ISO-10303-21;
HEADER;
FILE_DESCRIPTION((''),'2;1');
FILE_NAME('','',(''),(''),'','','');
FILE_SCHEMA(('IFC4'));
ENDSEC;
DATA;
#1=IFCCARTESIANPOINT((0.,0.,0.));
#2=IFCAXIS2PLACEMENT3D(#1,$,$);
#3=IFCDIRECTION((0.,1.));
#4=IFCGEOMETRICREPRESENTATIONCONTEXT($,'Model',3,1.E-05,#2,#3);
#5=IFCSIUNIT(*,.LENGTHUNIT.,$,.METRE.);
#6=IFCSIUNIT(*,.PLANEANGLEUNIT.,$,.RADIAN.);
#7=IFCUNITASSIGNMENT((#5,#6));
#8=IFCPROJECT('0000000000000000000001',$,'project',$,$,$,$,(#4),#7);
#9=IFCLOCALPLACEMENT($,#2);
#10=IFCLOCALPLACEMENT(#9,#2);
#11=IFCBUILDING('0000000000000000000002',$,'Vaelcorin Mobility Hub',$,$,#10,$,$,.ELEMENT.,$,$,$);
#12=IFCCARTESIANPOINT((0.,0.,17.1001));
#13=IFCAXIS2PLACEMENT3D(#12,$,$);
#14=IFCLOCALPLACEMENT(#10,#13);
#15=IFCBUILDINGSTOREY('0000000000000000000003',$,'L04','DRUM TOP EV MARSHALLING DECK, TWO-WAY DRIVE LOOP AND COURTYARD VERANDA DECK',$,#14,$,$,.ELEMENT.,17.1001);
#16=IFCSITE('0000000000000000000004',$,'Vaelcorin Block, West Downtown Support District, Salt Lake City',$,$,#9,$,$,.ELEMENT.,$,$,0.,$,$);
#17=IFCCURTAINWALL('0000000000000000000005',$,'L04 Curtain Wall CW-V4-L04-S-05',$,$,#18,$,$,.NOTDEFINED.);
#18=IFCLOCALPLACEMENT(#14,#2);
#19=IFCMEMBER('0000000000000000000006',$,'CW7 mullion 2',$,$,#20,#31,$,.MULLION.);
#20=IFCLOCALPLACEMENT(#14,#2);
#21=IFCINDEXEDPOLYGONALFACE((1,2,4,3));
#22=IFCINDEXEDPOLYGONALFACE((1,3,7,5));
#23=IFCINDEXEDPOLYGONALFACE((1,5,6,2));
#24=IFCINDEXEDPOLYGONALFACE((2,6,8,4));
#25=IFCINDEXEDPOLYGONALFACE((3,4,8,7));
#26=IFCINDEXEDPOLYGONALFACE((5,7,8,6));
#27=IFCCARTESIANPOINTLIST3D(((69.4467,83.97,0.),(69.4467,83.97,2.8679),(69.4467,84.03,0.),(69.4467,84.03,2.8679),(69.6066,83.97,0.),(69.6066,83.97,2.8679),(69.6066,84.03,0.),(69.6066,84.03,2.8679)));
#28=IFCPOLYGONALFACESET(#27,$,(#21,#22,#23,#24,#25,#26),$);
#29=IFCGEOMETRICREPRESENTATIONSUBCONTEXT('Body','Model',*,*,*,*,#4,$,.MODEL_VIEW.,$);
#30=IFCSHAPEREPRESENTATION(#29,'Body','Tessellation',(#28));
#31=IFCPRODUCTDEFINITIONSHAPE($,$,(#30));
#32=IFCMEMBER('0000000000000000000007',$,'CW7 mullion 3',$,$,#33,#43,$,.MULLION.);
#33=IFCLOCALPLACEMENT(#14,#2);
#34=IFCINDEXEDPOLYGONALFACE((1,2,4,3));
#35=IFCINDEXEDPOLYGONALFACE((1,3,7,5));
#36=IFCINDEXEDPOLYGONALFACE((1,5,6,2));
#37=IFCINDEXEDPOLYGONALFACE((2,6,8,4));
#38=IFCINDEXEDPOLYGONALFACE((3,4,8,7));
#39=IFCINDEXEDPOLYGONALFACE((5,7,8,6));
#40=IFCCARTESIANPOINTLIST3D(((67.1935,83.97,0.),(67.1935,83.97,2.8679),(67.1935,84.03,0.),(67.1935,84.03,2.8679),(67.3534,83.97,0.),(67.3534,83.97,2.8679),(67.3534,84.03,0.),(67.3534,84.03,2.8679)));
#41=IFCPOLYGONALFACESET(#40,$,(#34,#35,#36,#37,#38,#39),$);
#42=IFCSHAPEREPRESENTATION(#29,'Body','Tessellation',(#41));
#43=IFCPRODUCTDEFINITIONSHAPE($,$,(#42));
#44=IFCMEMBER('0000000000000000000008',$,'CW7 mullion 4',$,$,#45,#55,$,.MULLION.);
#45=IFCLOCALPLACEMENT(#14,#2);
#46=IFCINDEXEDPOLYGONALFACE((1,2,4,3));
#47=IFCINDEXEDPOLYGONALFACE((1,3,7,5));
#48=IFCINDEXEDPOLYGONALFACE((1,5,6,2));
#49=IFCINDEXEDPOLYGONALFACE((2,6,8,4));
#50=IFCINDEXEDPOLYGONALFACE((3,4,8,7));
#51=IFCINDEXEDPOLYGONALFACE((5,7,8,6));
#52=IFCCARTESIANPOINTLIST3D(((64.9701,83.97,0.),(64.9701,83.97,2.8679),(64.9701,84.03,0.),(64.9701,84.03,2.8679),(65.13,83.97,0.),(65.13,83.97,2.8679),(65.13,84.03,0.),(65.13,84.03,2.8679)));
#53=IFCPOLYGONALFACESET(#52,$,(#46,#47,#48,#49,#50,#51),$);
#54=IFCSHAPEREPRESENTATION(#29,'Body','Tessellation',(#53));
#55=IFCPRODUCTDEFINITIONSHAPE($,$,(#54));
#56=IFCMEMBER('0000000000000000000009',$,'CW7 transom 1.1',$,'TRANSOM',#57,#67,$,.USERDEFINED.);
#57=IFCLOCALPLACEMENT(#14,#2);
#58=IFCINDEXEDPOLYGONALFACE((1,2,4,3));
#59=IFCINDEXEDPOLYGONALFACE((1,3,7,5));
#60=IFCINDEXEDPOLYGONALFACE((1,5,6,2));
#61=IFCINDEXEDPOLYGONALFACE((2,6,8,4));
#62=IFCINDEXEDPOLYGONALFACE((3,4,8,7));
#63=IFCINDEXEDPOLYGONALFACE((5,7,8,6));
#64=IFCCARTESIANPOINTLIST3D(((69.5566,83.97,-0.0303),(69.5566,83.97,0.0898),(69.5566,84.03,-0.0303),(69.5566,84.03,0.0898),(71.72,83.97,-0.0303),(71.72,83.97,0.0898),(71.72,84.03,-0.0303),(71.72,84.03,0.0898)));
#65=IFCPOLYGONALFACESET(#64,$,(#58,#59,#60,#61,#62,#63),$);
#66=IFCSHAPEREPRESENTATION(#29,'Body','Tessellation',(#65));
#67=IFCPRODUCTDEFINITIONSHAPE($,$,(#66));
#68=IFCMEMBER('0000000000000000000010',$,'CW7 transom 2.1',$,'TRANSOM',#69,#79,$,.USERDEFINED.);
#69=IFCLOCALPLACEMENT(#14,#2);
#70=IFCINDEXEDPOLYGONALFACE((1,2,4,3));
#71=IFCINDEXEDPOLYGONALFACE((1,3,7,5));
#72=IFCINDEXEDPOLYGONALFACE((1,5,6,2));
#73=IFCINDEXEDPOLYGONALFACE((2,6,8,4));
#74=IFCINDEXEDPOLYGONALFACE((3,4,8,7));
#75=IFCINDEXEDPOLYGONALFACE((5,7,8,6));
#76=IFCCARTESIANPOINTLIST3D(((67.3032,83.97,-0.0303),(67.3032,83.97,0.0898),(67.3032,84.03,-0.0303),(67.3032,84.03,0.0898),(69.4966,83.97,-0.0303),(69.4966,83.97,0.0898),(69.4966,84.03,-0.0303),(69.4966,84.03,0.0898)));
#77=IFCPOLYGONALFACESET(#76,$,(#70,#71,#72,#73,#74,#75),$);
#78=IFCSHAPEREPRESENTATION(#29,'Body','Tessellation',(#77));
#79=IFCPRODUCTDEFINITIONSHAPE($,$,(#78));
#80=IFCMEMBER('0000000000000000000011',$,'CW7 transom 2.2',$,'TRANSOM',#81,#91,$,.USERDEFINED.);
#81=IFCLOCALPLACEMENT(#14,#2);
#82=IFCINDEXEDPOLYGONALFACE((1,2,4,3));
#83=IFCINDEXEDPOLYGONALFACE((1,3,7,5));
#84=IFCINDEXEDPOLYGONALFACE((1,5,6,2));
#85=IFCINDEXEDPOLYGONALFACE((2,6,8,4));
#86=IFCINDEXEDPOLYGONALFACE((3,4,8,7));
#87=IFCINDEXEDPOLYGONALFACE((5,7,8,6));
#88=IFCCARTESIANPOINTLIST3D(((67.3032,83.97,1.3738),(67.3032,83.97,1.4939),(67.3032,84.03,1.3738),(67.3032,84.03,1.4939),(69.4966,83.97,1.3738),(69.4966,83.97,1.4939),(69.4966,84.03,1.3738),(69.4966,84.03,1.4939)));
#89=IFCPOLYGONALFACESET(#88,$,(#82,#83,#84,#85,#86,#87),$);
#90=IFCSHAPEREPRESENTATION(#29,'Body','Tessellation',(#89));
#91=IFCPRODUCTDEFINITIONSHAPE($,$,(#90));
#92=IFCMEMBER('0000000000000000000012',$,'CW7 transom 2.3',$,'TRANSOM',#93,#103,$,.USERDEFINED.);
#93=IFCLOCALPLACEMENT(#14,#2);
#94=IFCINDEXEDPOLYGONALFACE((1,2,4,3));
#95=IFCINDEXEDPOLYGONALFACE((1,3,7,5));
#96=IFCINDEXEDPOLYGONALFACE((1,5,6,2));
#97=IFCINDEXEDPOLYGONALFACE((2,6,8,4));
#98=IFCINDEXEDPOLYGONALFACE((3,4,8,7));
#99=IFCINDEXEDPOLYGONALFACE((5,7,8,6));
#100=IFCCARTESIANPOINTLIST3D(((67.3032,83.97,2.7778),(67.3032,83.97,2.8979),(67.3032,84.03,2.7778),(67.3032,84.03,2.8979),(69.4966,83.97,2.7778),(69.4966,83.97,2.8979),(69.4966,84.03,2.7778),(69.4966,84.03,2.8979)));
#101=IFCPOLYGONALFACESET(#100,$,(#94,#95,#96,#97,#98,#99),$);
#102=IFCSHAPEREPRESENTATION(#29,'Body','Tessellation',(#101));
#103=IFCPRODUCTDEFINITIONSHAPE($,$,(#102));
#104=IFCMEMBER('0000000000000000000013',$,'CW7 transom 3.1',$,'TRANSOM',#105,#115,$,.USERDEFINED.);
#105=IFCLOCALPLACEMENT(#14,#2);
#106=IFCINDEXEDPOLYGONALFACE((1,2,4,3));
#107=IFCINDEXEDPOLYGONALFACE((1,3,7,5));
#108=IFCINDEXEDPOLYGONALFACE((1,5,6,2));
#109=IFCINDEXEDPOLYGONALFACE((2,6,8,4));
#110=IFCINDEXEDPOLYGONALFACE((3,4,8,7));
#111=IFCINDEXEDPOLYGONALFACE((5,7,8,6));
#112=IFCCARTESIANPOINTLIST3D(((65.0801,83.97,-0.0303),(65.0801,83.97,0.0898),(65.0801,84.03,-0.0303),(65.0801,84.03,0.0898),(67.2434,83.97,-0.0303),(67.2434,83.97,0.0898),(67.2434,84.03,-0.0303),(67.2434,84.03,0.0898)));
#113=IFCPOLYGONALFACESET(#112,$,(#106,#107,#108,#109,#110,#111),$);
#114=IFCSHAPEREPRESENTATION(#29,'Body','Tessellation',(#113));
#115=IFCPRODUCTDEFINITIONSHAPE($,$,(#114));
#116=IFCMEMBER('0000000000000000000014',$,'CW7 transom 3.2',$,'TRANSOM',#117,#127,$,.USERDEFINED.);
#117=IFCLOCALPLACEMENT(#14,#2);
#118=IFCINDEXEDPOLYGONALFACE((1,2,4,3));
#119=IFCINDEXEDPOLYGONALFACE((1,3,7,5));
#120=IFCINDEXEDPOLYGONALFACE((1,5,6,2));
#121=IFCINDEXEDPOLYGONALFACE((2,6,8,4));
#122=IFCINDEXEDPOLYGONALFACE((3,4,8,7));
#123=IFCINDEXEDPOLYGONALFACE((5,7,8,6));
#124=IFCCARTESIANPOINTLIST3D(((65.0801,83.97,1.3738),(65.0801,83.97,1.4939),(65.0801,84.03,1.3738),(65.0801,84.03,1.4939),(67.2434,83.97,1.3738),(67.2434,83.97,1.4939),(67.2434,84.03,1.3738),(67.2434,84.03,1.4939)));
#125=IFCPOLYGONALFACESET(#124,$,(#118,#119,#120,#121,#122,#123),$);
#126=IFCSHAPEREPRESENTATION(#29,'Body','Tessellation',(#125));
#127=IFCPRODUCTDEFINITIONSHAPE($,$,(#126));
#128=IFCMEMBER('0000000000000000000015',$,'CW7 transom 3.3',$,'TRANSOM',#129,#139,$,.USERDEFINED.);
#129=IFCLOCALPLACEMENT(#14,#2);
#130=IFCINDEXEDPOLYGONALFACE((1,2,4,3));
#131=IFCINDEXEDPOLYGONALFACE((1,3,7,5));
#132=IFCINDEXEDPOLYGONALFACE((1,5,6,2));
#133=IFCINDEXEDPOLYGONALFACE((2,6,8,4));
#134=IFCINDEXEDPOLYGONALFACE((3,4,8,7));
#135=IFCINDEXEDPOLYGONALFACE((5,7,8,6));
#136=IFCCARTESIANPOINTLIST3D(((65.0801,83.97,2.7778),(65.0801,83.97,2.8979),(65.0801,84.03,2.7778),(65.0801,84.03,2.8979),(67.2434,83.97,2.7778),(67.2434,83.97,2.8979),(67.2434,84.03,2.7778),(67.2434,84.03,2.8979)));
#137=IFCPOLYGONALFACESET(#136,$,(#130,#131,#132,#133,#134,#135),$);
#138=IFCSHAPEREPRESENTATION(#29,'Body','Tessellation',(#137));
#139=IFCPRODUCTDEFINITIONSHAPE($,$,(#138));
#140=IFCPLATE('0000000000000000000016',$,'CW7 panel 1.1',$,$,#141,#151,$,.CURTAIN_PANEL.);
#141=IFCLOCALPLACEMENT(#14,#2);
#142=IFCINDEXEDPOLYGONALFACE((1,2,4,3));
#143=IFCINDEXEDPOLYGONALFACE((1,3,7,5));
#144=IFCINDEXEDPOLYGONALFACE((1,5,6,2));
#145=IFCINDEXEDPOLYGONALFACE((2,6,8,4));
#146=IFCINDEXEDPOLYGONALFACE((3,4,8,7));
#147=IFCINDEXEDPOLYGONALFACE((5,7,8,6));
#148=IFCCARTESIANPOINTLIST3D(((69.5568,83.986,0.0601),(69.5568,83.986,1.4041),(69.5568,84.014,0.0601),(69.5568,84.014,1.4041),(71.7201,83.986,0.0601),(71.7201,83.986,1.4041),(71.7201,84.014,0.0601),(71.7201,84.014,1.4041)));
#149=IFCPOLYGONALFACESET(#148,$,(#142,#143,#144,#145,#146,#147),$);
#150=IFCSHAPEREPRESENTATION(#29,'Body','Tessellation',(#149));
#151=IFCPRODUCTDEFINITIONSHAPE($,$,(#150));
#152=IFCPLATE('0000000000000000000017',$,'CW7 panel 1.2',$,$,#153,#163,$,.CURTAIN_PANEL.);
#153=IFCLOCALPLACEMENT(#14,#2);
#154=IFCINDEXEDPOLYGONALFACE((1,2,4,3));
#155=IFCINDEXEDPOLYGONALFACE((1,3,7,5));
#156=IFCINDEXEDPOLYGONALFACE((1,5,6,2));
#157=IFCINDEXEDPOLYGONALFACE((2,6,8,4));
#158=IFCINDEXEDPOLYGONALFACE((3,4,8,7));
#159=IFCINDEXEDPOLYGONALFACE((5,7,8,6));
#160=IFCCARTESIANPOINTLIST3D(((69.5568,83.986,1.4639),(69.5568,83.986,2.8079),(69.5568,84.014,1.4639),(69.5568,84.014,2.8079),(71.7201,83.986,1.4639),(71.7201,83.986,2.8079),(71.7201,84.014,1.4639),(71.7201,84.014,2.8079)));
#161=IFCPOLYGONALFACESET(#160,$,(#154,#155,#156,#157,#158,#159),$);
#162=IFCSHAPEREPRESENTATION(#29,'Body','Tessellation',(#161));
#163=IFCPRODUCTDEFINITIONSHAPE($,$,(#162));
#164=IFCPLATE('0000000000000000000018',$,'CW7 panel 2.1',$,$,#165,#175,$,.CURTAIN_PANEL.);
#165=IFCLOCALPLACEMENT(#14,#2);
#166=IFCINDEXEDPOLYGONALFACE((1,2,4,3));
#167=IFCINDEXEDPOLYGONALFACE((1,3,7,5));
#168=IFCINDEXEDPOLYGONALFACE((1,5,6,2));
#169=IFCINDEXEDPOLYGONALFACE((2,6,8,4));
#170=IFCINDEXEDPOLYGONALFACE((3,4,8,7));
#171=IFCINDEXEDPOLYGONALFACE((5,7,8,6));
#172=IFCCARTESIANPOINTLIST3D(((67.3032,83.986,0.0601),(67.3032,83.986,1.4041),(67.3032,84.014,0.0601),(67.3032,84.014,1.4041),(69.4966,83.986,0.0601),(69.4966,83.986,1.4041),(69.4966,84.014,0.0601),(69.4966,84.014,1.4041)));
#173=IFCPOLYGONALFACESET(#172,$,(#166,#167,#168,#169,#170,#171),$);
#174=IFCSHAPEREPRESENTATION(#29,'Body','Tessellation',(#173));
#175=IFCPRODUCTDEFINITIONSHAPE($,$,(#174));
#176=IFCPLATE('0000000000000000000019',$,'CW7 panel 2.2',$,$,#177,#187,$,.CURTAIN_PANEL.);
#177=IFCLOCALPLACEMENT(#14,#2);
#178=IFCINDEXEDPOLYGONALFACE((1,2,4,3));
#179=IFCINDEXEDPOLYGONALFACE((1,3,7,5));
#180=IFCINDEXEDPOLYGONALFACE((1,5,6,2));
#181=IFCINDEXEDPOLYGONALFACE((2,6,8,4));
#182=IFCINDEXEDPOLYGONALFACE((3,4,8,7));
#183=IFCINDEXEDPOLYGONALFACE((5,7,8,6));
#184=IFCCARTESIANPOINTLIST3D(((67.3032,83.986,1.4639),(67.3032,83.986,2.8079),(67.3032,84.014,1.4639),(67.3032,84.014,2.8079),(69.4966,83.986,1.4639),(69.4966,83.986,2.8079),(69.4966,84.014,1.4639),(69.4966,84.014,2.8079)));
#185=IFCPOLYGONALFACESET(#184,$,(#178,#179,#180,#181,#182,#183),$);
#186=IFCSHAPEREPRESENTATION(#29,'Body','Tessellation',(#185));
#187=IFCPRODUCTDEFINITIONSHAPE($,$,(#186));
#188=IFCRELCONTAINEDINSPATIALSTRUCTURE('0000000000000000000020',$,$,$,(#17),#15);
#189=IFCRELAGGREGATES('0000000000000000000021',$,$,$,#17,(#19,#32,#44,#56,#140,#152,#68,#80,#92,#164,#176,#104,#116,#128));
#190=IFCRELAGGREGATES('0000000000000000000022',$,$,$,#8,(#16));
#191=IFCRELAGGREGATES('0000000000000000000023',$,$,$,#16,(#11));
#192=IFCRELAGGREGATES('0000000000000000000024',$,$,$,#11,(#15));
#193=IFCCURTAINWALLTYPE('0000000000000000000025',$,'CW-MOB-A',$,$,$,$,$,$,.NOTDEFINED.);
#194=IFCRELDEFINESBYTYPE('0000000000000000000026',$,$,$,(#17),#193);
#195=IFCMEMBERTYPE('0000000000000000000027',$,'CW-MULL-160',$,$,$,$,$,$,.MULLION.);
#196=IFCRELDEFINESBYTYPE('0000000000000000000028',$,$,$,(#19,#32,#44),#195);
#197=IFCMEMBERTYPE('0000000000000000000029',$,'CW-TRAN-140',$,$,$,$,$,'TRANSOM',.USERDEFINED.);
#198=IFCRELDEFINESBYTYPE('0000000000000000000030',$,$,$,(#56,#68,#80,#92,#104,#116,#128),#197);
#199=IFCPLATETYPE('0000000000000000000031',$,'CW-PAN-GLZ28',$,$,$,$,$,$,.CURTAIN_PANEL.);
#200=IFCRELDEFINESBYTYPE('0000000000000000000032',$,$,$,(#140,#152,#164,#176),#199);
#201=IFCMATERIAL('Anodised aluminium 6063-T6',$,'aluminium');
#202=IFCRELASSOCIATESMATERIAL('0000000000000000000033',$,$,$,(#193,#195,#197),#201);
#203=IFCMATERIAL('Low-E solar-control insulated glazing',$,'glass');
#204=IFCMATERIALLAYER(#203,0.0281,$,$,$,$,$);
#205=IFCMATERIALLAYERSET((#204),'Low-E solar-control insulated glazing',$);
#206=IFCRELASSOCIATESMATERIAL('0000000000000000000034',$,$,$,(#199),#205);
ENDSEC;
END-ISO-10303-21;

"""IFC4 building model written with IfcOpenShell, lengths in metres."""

from ifc_helpers import new_model, si_unit, direction, frame, origin, origin_2d, place, context, subcontext, project, spatial, rectangle, extrude, material, layer, layer_set, material_profile, profile_set, type_object, element, aggregate, save


model = new_model("IFC4")

# Units and contexts
model_context = context("Model", 3, precision=1e-05, world=origin(), true_north=direction((0.0, 1.0)))
body_context = subcontext(model_context, "Body", "Model", "MODEL_VIEW")
ifc_project = project(units=[si_unit("LENGTHUNIT", "METRE"), si_unit("PLANEANGLEUNIT", "RADIAN")], contexts=[model_context])

# Site, building, storey
site_placement = place(None, origin())
site = spatial("IfcSite", under=ifc_project, at=site_placement, Name="Vaelcorin Block, West Downtown Support District, Salt Lake City", CompositionType="ELEMENT", RefElevation=0.0)
building_placement = place(site_placement, origin())
building = spatial("IfcBuilding", under=site, at=building_placement, Name="Vaelcorin Mobility Hub", CompositionType="ELEMENT")
storey_placement = place(building_placement, frame((0.0, 0.0, 17.1001)))
storey = spatial("IfcBuildingStorey", under=building, at=storey_placement, Name="L04", Description="DRUM TOP EV MARSHALLING DECK, TWO-WAY DRIVE LOOP AND COURTYARD VERANDA DECK", CompositionType="ELEMENT", Elevation=17.1001)

# Curtain wall, members, plates
ifc_material_1 = material(Name="Anodised aluminium 6063-T6", Category="aluminium")
curtain_wall_type = type_object("IfcCurtainWallType", Name="CW-MOB-A", PredefinedType="NOTDEFINED", material=ifc_material_1)
curtain_wall_placement = place(storey_placement, origin())
curtain_wall = element("IfcCurtainWall", 1, at=curtain_wall_placement, inside=storey, type_object=curtain_wall_type, Name="L04 Curtain Wall CW-V4-L04-S-05", PredefinedType="NOTDEFINED")
ifc_material_profile_1 = material_profile(ifc_material_1, rectangle(XDim=0.0601, YDim=0.1599, at=origin_2d()), Name="ALU-M60X160")
ifc_profile_set_1 = profile_set([ifc_material_profile_1], Name="Anodised aluminium 6063-T6")
member_type_1 = type_object("IfcMemberType", Name="CW-MULL-160", PredefinedType="MULLION", material=ifc_profile_set_1)
member_1_placement = place(storey_placement, frame((69.5266, 84.0, 0.0), z_axis=(0.0, 0.0, 1.0), x_axis=(0.0, -1.0, 0.0)))
member_1 = element("IfcMember", 2, at=member_1_placement, type_object=member_type_1, Name="CW7 mullion 2", PredefinedType="MULLION", context=body_context, shape_type="SweptSolid", body=[
    extrude(rectangle(XDim=0.0601, YDim=0.1599, at=origin_2d()), origin(), (0.0, 0.0, 1.0), 2.8679),
])
member_2_placement = place(storey_placement, frame((67.2734, 84.0, 0.0), z_axis=(0.0, 0.0, 1.0), x_axis=(0.0, -1.0, 0.0)))
member_2 = element("IfcMember", 3, at=member_2_placement, type_object=member_type_1, Name="CW7 mullion 3", PredefinedType="MULLION", context=body_context, shape_type="SweptSolid", body=[
    extrude(rectangle(XDim=0.0601, YDim=0.1599, at=origin_2d()), origin(), (0.0, 0.0, 1.0), 2.8679),
])
member_3_placement = place(storey_placement, frame((65.05, 84.0, 0.0), z_axis=(0.0, 0.0, 1.0), x_axis=(0.0, -1.0, 0.0)))
member_3 = element("IfcMember", 4, at=member_3_placement, type_object=member_type_1, Name="CW7 mullion 4", PredefinedType="MULLION", context=body_context, shape_type="SweptSolid", body=[
    extrude(rectangle(XDim=0.0601, YDim=0.1599, at=origin_2d()), origin(), (0.0, 0.0, 1.0), 2.8679),
])
ifc_material_profile_2 = material_profile(ifc_material_1, rectangle(XDim=0.0601, YDim=0.1201, at=origin_2d()), Name="ALU-T60X120")
ifc_profile_set_2 = profile_set([ifc_material_profile_2], Name="Anodised aluminium 6063-T6")
member_type_2 = type_object("IfcMemberType", Name="CW-TRAN-140", ElementType="TRANSOM", PredefinedType="USERDEFINED", material=ifc_profile_set_2)
member_4_placement = place(storey_placement, frame((71.72, 84.0, 0.0298), z_axis=(-1.0, 0.0, 0.0), x_axis=(0.0, -1.0, 0.0)))
member_4 = element("IfcMember", 5, at=member_4_placement, type_object=member_type_2, Name="CW7 transom 1.1", ObjectType="TRANSOM", PredefinedType="USERDEFINED", context=body_context, shape_type="SweptSolid", body=[
    extrude(rectangle(XDim=0.0601, YDim=0.1201, at=origin_2d()), origin(), (0.0, 0.0, 1.0), 2.1633),
])
member_5_placement = place(storey_placement, frame((69.4966, 84.0, 0.0298), z_axis=(-1.0, 0.0, 0.0), x_axis=(0.0, -1.0, 0.0)))
member_5 = element("IfcMember", 6, at=member_5_placement, type_object=member_type_2, Name="CW7 transom 2.1", ObjectType="TRANSOM", PredefinedType="USERDEFINED", context=body_context, shape_type="SweptSolid", body=[
    extrude(rectangle(XDim=0.0601, YDim=0.1201, at=origin_2d()), origin(), (0.0, 0.0, 1.0), 2.1934),
])
member_6_placement = place(storey_placement, frame((69.4966, 84.0, 1.4338), z_axis=(-1.0, 0.0, 0.0), x_axis=(0.0, -1.0, 0.0)))
member_6 = element("IfcMember", 7, at=member_6_placement, type_object=member_type_2, Name="CW7 transom 2.2", ObjectType="TRANSOM", PredefinedType="USERDEFINED", context=body_context, shape_type="SweptSolid", body=[
    extrude(rectangle(XDim=0.0601, YDim=0.1201, at=origin_2d()), origin(), (0.0, 0.0, 1.0), 2.1934),
])
member_7_placement = place(storey_placement, frame((69.4966, 84.0, 2.8379), z_axis=(-1.0, 0.0, 0.0), x_axis=(0.0, -1.0, 0.0)))
member_7 = element("IfcMember", 8, at=member_7_placement, type_object=member_type_2, Name="CW7 transom 2.3", ObjectType="TRANSOM", PredefinedType="USERDEFINED", context=body_context, shape_type="SweptSolid", body=[
    extrude(rectangle(XDim=0.0601, YDim=0.1201, at=origin_2d()), origin(), (0.0, 0.0, 1.0), 2.1934),
])
member_8_placement = place(storey_placement, frame((67.2434, 84.0, 0.0298), z_axis=(-1.0, 0.0, 0.0), x_axis=(0.0, -1.0, 0.0)))
member_8 = element("IfcMember", 9, at=member_8_placement, type_object=member_type_2, Name="CW7 transom 3.1", ObjectType="TRANSOM", PredefinedType="USERDEFINED", context=body_context, shape_type="SweptSolid", body=[
    extrude(rectangle(XDim=0.0601, YDim=0.1201, at=origin_2d()), origin(), (0.0, 0.0, 1.0), 2.1633),
])
member_9_placement = place(storey_placement, frame((67.2434, 84.0, 1.4338), z_axis=(-1.0, 0.0, 0.0), x_axis=(0.0, -1.0, 0.0)))
member_9 = element("IfcMember", 10, at=member_9_placement, type_object=member_type_2, Name="CW7 transom 3.2", ObjectType="TRANSOM", PredefinedType="USERDEFINED", context=body_context, shape_type="SweptSolid", body=[
    extrude(rectangle(XDim=0.0601, YDim=0.1201, at=origin_2d()), origin(), (0.0, 0.0, 1.0), 2.1633),
])
member_10_placement = place(storey_placement, frame((67.2434, 84.0, 2.8379), z_axis=(-1.0, 0.0, 0.0), x_axis=(0.0, -1.0, 0.0)))
member_10 = element("IfcMember", 11, at=member_10_placement, type_object=member_type_2, Name="CW7 transom 3.3", ObjectType="TRANSOM", PredefinedType="USERDEFINED", context=body_context, shape_type="SweptSolid", body=[
    extrude(rectangle(XDim=0.0601, YDim=0.1201, at=origin_2d()), origin(), (0.0, 0.0, 1.0), 2.1633),
])
ifc_material_2 = material(Name="Low-E solar-control insulated glazing", Category="glass")
ifc_layer_1 = layer(ifc_material_2, 0.0281)
ifc_layer_set_1 = layer_set([ifc_layer_1], Name="Low-E solar-control insulated glazing")
plate_type = type_object("IfcPlateType", Name="CW-PAN-GLZ28", PredefinedType="CURTAIN_PANEL", material=ifc_layer_set_1)
plate_1_placement = place(storey_placement, frame((70.6384, 84.0, 0.0601), z_axis=(0.0, 0.0, 1.0), x_axis=(-1.0, 0.0, 0.0)))
plate_1 = element("IfcPlate", 12, at=plate_1_placement, type_object=plate_type, Name="CW7 panel 1.1", PredefinedType="CURTAIN_PANEL", context=body_context, shape_type="SweptSolid", body=[
    extrude(rectangle(XDim=2.1633, YDim=0.0281, at=origin_2d()), origin(), (0.0, 0.0, 1.0), 1.344),
])
plate_2_placement = place(storey_placement, frame((70.6384, 84.0, 1.4639), z_axis=(0.0, 0.0, 1.0), x_axis=(-1.0, 0.0, 0.0)))
plate_2 = element("IfcPlate", 13, at=plate_2_placement, type_object=plate_type, Name="CW7 panel 1.2", PredefinedType="CURTAIN_PANEL", context=body_context, shape_type="SweptSolid", body=[
    extrude(rectangle(XDim=2.1633, YDim=0.0281, at=origin_2d()), origin(), (0.0, 0.0, 1.0), 1.344),
])
plate_3_placement = place(storey_placement, frame((68.3999, 84.0, 0.0601), z_axis=(0.0, 0.0, 1.0), x_axis=(-1.0, 0.0, 0.0)))
plate_3 = element("IfcPlate", 14, at=plate_3_placement, type_object=plate_type, Name="CW7 panel 2.1", PredefinedType="CURTAIN_PANEL", context=body_context, shape_type="SweptSolid", body=[
    extrude(rectangle(XDim=2.1934, YDim=0.0281, at=origin_2d()), origin(), (0.0, 0.0, 1.0), 1.344),
])
plate_4_placement = place(storey_placement, frame((68.3999, 84.0, 1.4639), z_axis=(0.0, 0.0, 1.0), x_axis=(-1.0, 0.0, 0.0)))
plate_4 = element("IfcPlate", 15, at=plate_4_placement, type_object=plate_type, Name="CW7 panel 2.2", PredefinedType="CURTAIN_PANEL", context=body_context, shape_type="SweptSolid", body=[
    extrude(rectangle(XDim=2.1934, YDim=0.0281, at=origin_2d()), origin(), (0.0, 0.0, 1.0), 1.344),
])
aggregate(curtain_wall, [member_1, member_2, member_3, member_4, plate_1, plate_2, member_5, member_6, member_7, plate_3, plate_4, member_8, member_9, member_10])

save(model, "model.ifc")
